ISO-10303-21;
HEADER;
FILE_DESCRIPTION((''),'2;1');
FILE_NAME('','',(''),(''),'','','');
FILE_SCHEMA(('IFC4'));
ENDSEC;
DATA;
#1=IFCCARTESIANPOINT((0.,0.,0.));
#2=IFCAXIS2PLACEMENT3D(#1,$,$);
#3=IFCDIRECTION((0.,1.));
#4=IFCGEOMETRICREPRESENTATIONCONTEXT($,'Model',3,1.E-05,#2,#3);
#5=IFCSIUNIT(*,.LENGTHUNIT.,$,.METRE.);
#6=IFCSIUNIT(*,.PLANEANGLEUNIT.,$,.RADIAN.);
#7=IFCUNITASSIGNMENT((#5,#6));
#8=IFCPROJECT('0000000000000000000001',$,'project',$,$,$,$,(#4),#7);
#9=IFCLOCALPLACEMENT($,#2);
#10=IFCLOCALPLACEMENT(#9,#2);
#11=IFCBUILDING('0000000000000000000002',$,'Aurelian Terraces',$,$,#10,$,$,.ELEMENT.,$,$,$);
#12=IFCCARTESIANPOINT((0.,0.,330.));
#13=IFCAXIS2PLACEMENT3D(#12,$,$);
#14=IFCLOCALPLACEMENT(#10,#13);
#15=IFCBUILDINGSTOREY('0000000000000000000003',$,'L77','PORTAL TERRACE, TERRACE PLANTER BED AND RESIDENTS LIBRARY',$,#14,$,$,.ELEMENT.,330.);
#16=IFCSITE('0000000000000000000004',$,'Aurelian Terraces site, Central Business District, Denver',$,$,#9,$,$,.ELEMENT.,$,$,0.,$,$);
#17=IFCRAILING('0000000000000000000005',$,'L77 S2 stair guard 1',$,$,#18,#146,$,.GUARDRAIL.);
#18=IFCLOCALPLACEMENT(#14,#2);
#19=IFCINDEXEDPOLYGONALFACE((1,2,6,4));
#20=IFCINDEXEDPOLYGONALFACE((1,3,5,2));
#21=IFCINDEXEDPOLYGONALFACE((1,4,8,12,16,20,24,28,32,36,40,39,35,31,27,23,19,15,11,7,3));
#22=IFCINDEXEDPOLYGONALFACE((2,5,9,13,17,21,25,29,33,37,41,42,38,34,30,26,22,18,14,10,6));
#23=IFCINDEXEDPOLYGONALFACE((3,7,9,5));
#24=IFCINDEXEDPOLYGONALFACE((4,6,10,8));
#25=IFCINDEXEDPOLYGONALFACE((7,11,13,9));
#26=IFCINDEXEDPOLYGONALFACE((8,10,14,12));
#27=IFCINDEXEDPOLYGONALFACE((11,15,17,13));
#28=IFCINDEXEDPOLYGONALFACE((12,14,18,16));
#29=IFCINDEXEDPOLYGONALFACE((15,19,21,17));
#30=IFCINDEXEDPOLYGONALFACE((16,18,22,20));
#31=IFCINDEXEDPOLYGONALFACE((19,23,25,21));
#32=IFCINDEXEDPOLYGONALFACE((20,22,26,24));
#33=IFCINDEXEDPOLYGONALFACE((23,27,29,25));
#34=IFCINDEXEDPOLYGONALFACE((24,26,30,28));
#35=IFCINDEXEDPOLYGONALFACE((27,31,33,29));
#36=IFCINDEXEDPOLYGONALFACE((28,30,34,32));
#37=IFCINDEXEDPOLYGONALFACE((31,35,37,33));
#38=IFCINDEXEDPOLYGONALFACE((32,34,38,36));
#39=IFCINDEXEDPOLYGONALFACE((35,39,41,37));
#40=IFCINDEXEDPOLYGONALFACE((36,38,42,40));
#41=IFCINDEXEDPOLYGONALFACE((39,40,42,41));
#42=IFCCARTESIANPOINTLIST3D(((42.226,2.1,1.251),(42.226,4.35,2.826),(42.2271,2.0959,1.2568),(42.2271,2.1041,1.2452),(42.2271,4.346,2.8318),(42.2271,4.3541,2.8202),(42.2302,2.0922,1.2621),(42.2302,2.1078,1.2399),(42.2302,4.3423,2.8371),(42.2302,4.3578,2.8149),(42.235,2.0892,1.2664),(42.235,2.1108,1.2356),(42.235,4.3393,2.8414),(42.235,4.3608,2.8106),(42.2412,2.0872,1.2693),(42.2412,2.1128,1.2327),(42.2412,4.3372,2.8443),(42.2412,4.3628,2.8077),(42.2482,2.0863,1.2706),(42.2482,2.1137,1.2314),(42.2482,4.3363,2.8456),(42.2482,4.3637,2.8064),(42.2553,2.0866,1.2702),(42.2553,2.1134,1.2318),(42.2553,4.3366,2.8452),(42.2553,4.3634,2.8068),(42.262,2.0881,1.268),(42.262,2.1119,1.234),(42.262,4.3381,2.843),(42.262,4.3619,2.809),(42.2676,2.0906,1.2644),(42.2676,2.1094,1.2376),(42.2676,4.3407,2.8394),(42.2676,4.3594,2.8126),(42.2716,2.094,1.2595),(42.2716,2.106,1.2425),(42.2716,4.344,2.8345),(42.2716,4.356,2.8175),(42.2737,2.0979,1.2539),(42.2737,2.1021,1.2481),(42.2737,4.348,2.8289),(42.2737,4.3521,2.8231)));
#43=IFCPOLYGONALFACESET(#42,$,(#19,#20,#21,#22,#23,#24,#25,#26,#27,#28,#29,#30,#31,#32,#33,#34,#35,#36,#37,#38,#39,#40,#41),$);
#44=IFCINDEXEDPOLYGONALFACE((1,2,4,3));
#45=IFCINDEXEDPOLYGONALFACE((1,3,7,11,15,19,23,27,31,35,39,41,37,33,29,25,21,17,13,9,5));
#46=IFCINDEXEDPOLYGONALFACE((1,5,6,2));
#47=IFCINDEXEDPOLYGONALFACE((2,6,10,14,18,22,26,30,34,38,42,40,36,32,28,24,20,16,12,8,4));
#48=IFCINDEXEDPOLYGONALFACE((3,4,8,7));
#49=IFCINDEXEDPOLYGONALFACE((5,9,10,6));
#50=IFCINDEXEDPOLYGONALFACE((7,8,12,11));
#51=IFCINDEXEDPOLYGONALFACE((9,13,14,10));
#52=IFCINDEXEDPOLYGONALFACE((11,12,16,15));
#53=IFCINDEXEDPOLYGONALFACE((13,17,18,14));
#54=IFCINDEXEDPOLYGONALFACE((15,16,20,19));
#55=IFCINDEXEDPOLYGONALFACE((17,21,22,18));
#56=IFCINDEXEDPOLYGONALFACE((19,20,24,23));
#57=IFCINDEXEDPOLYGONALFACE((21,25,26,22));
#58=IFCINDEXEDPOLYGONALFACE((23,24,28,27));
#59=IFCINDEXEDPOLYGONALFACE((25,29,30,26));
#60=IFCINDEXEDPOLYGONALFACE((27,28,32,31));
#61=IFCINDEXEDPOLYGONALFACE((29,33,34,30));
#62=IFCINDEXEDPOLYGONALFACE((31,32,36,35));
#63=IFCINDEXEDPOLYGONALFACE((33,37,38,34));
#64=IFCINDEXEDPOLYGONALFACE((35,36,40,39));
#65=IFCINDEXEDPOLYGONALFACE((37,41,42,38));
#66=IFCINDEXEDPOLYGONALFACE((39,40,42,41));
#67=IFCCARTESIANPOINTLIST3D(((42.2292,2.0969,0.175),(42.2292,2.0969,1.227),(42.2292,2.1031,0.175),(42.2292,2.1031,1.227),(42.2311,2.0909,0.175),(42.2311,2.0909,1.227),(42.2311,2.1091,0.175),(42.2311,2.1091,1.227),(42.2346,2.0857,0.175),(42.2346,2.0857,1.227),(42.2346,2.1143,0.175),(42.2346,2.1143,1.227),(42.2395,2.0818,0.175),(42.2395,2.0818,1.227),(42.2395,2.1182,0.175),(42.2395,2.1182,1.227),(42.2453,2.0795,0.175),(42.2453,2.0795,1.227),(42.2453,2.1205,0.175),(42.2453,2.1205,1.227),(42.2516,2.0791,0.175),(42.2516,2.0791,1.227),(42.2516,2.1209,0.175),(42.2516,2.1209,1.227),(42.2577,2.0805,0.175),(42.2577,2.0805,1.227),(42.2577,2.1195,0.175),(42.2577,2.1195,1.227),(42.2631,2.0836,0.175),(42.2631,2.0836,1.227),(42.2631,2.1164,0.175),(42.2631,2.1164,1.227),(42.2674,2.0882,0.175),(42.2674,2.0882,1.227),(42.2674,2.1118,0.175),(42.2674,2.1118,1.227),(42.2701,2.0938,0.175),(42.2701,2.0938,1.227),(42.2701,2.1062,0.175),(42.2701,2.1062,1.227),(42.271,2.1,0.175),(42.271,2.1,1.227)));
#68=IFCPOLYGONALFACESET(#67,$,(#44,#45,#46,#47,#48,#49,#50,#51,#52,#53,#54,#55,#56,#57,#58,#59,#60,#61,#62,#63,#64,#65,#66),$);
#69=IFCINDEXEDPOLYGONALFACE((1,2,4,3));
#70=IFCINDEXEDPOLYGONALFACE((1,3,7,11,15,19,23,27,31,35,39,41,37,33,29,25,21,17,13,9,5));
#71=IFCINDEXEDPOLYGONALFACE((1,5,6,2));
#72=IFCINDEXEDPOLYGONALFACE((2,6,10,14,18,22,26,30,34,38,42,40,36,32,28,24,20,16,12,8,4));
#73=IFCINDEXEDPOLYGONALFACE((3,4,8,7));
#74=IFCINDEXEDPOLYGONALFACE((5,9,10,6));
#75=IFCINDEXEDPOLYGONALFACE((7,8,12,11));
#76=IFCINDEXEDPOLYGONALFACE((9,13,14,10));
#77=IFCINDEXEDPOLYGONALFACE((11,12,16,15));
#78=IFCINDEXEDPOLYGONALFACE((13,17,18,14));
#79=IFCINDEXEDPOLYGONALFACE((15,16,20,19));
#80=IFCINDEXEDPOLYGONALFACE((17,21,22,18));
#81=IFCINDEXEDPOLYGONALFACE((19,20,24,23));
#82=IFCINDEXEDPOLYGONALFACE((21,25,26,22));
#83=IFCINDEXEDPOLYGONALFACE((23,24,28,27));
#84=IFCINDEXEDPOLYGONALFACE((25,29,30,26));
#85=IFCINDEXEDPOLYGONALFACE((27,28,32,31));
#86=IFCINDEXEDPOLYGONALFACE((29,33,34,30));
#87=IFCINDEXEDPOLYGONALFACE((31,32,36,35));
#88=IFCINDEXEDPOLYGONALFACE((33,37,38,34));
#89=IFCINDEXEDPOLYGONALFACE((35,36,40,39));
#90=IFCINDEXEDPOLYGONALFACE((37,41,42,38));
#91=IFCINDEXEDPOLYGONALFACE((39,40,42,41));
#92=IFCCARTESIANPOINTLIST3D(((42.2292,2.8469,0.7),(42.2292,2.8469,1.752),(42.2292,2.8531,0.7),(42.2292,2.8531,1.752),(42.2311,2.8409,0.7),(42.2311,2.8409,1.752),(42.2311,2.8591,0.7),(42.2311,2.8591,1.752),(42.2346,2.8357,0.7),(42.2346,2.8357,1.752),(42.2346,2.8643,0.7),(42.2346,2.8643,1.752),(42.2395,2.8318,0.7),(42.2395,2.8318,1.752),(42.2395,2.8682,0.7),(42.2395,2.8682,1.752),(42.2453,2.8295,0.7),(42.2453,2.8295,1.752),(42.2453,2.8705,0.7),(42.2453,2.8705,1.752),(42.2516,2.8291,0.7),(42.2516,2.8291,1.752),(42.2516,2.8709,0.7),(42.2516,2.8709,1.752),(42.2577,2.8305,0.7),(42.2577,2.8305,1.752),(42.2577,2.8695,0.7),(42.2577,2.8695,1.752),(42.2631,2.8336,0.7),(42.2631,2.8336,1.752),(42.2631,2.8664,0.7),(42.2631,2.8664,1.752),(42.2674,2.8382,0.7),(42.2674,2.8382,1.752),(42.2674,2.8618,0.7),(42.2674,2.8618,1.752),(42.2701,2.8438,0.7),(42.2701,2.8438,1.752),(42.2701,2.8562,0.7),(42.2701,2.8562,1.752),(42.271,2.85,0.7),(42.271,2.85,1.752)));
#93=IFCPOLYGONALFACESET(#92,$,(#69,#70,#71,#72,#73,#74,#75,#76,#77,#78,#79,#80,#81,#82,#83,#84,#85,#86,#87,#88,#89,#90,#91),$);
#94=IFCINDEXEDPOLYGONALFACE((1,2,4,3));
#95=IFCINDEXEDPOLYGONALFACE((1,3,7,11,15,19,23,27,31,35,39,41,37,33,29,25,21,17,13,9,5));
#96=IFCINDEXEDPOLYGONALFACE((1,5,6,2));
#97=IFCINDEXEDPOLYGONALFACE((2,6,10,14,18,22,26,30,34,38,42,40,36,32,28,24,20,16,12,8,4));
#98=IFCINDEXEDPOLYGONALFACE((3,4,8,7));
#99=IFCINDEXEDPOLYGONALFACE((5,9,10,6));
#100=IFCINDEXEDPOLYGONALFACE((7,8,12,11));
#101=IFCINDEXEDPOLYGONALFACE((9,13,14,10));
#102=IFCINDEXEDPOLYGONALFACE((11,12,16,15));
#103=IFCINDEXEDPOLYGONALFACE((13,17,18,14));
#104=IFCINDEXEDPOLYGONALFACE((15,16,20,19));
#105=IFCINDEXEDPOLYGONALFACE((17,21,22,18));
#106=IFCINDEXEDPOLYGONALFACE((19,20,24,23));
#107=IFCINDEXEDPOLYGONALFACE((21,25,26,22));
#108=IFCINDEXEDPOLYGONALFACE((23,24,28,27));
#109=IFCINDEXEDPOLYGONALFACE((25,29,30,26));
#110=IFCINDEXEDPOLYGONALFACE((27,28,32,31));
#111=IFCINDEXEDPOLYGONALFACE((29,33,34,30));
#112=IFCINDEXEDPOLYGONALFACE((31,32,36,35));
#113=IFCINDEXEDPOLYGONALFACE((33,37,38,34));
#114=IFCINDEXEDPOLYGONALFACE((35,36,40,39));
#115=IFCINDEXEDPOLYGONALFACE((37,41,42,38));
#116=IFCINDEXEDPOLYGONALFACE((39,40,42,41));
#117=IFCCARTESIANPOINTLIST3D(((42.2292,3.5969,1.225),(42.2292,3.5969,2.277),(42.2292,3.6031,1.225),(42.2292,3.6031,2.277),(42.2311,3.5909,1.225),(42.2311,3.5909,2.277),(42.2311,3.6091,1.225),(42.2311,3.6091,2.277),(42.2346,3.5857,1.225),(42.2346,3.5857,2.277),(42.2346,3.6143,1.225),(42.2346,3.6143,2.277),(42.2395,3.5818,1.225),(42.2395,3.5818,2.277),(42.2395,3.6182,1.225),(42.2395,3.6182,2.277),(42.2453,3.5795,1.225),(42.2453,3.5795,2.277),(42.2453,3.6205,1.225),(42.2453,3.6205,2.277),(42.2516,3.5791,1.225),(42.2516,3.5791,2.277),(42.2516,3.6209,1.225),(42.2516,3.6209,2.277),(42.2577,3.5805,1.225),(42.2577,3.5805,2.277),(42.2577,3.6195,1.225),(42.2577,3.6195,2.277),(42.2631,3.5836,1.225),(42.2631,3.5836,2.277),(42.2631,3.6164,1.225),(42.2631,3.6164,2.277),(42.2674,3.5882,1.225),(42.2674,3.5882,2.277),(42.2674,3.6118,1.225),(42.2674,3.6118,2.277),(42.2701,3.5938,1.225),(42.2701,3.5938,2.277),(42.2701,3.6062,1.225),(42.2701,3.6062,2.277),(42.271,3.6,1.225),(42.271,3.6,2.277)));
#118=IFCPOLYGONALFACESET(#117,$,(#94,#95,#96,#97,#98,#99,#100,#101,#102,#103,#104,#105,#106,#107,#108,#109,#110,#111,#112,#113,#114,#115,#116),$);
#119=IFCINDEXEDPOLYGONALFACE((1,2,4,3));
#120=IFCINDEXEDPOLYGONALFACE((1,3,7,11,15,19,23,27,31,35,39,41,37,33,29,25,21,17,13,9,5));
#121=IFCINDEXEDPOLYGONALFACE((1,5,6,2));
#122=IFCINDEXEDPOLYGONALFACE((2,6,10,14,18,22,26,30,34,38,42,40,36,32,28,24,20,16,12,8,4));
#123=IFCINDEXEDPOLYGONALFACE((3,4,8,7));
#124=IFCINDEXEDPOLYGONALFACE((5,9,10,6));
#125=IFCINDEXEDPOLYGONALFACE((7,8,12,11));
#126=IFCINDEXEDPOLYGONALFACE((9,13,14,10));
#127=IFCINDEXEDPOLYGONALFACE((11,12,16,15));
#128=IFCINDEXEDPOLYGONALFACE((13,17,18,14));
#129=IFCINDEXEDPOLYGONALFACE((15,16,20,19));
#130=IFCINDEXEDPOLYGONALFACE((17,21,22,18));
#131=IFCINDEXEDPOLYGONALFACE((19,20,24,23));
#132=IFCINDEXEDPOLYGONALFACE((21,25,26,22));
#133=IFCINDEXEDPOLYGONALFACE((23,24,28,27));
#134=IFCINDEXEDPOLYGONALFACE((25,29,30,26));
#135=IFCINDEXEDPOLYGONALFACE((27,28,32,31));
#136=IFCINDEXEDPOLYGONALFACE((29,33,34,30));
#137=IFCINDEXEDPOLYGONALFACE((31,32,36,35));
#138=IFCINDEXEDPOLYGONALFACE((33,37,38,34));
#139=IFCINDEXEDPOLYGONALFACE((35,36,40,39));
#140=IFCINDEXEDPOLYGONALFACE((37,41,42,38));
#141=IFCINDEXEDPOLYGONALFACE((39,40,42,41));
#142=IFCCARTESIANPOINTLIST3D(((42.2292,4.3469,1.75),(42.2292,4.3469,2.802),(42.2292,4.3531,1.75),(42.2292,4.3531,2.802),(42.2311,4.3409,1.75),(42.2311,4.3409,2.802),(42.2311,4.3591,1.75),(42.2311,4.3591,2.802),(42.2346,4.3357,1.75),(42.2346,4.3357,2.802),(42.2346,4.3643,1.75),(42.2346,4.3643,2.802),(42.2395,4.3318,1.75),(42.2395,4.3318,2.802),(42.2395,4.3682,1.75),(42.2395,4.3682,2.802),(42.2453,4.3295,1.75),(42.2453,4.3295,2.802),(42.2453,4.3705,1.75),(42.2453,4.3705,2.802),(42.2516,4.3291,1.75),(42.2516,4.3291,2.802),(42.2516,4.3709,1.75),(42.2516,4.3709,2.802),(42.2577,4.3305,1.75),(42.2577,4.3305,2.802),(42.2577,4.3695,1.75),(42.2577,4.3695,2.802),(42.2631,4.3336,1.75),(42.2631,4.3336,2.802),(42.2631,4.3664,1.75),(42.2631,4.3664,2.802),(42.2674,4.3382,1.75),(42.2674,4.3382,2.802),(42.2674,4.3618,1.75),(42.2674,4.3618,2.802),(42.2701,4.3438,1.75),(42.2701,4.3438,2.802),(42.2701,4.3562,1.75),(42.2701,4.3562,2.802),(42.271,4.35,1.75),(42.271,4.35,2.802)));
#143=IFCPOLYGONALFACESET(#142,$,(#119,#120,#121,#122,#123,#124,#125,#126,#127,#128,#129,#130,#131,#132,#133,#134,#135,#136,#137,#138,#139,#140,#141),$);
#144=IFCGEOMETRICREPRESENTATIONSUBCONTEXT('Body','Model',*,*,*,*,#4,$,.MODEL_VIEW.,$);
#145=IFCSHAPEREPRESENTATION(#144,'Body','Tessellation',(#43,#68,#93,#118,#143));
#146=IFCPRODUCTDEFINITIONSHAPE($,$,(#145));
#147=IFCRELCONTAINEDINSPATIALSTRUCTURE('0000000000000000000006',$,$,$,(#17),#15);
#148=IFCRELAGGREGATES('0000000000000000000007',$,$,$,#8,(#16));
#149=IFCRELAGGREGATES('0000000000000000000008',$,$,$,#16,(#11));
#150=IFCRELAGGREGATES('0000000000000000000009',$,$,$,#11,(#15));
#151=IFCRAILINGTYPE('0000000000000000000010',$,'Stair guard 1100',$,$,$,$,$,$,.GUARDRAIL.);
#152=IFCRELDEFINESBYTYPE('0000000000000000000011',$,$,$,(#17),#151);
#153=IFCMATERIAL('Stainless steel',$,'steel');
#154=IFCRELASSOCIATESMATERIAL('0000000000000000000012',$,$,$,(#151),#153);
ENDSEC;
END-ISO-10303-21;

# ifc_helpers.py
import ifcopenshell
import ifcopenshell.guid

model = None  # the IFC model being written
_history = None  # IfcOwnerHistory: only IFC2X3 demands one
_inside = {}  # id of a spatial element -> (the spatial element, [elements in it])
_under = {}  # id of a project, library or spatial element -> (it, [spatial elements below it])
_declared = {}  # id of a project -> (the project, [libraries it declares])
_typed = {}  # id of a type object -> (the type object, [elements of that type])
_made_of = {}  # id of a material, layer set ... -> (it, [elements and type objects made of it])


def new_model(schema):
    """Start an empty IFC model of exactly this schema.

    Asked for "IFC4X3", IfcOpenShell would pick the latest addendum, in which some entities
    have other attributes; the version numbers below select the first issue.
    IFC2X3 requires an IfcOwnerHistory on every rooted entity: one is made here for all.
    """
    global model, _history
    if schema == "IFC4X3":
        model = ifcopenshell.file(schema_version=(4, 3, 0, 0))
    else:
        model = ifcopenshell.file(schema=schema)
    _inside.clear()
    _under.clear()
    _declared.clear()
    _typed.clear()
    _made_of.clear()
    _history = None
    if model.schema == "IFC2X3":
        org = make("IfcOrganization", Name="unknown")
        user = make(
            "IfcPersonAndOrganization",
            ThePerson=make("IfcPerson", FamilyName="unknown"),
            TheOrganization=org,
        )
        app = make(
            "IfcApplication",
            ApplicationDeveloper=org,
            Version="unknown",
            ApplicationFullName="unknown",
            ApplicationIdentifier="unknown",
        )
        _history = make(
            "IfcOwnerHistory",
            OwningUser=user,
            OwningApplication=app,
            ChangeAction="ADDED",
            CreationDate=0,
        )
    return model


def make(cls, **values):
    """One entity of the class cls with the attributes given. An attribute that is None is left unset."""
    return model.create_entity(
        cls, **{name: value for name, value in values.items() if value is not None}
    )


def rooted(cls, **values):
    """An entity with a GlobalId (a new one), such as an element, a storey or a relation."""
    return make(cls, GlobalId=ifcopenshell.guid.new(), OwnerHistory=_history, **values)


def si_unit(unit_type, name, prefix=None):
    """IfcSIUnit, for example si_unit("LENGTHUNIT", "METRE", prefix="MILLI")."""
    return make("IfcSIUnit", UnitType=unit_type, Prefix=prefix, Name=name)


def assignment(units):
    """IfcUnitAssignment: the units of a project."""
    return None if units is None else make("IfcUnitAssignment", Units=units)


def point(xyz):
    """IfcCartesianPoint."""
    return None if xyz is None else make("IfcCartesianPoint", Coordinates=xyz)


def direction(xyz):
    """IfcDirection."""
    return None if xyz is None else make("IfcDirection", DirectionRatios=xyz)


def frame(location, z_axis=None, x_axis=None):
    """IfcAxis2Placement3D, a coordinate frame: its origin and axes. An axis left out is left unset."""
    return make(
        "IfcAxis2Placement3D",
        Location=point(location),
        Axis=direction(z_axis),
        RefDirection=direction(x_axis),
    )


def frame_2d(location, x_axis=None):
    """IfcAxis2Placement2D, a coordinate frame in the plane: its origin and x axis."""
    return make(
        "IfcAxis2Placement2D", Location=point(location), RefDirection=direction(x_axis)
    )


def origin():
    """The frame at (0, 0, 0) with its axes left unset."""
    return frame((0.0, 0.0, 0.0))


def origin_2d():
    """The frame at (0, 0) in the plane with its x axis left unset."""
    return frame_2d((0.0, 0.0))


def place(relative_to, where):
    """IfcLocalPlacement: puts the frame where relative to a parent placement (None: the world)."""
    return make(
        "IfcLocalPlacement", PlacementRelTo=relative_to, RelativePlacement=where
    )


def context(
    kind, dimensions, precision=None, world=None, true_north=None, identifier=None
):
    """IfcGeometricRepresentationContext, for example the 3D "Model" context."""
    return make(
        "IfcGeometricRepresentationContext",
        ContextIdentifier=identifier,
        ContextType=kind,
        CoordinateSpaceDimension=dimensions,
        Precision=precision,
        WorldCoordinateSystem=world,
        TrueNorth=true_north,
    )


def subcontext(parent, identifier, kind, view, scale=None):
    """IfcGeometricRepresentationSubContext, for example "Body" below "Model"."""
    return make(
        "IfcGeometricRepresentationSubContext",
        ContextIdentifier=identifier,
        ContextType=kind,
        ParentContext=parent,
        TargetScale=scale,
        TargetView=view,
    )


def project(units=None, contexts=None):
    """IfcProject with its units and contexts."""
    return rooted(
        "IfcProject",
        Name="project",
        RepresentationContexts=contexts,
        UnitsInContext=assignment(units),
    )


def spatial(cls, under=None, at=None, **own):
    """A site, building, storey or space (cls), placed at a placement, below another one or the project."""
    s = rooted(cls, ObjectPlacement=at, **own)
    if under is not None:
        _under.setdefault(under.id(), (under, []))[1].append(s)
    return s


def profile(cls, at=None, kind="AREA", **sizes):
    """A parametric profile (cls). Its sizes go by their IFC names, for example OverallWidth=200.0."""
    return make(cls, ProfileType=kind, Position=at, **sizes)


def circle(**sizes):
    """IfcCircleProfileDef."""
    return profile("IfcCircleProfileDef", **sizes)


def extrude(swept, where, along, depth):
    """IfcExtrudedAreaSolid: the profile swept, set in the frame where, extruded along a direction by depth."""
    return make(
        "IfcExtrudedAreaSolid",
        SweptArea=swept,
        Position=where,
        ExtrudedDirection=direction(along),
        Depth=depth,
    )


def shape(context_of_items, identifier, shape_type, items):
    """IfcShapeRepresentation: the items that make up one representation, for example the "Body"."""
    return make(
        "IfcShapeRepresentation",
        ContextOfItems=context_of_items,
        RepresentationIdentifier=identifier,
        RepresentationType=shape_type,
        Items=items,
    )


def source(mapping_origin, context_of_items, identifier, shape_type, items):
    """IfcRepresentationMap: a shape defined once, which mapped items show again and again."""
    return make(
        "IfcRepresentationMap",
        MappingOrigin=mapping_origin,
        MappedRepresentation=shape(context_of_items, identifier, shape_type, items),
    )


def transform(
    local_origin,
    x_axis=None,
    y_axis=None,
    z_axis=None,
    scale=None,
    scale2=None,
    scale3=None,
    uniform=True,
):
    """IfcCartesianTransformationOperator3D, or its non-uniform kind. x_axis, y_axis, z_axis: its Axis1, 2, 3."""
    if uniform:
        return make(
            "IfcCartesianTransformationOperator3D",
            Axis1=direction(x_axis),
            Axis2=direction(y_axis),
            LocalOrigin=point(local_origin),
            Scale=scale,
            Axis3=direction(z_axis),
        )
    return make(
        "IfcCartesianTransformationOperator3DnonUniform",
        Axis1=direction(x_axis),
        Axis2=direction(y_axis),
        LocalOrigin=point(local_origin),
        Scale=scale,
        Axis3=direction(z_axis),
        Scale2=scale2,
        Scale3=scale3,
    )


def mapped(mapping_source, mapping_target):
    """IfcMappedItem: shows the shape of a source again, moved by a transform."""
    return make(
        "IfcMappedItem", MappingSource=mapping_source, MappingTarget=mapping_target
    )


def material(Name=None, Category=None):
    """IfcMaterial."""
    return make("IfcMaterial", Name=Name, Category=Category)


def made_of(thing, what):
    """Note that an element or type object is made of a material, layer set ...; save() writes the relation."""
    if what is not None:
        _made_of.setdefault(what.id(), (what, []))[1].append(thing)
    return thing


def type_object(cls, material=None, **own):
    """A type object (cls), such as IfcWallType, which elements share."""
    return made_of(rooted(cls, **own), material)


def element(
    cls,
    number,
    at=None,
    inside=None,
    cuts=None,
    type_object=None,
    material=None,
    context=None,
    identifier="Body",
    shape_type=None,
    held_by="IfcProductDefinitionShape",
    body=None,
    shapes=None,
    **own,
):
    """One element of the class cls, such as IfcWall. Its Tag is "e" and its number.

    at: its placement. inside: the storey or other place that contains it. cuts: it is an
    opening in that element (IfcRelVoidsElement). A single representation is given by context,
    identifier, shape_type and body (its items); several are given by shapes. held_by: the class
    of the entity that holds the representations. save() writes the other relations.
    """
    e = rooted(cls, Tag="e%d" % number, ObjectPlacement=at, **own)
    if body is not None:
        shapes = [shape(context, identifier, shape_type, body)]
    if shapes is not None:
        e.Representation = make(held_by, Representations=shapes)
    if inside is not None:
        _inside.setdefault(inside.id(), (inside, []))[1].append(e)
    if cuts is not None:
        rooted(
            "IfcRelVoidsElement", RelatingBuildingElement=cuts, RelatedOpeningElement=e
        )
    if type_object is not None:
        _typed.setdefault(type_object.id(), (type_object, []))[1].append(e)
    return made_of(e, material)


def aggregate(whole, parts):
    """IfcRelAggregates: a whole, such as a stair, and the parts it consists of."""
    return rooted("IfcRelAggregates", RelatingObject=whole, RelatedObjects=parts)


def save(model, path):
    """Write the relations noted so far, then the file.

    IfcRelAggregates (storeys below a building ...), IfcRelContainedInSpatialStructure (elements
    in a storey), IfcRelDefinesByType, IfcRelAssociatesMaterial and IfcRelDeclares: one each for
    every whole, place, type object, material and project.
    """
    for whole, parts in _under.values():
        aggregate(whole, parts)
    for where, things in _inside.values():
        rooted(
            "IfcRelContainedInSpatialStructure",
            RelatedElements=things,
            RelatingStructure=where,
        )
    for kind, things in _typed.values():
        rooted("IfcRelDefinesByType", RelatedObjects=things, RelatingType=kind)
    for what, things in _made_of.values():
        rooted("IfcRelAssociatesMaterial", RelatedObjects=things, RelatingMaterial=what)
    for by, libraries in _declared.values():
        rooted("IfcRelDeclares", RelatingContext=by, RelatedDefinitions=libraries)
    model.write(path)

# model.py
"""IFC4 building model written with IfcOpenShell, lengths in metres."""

from ifc_helpers import new_model, si_unit, direction, frame, origin, origin_2d, place, context, subcontext, project, spatial, circle, extrude, source, transform, mapped, material, type_object, element, save


model = new_model("IFC4")

# Units and contexts
model_context = context("Model", 3, precision=1e-05, world=origin(), true_north=direction((0.0, 1.0)))
body_context = subcontext(model_context, "Body", "Model", "MODEL_VIEW")
ifc_project = project(units=[si_unit("LENGTHUNIT", "METRE"), si_unit("PLANEANGLEUNIT", "RADIAN")], contexts=[model_context])

# Site, building, storey
site_placement = place(None, origin())
site = spatial("IfcSite", under=ifc_project, at=site_placement, Name="Aurelian Terraces site, Central Business District, Denver", CompositionType="ELEMENT", RefElevation=0.0)
building_placement = place(site_placement, origin())
building = spatial("IfcBuilding", under=site, at=building_placement, Name="Aurelian Terraces", CompositionType="ELEMENT")
storey_placement = place(building_placement, frame((0.0, 0.0, 330.0)))
storey = spatial("IfcBuildingStorey", under=building, at=storey_placement, Name="L77", Description="PORTAL TERRACE, TERRACE PLANTER BED AND RESIDENTS LIBRARY", CompositionType="ELEMENT", Elevation=330.0)

# Railing
ifc_material_1 = material(Name="Stainless steel", Category="steel")
railing_type_1 = type_object("IfcRailingType", Name="Stair guard 1100", PredefinedType="GUARDRAIL", material=ifc_material_1)
shared_shape_1 = source(origin(), body_context, "Body", "SweptSolid", [
    extrude(circle(Radius=0.024, at=origin_2d()), frame((0.0, 0.0, 1.076), z_axis=(0.0, 0.819232, 0.573462), x_axis=(-1.0, 0.0, 0.0)), (0.0, 0.0, 1.0), 2.7465),
    extrude(circle(Radius=0.021, at=origin_2d()), origin(), (0.0, 0.0, 1.0), 1.052),
    extrude(circle(Radius=0.021, at=origin_2d()), frame((0.0, 0.75, 0.525)), (0.0, 0.0, 1.0), 1.052),
    extrude(circle(Radius=0.021, at=origin_2d()), frame((0.0, 1.5, 1.05)), (0.0, 0.0, 1.0), 1.052),
    extrude(circle(Radius=0.021, at=origin_2d()), frame((0.0, 2.25, 1.575)), (0.0, 0.0, 1.0), 1.052),
])
railing_1_placement = place(storey_placement, frame((42.25, 2.1, 0.175)))
element("IfcRailing", 1, at=railing_1_placement, inside=storey, type_object=railing_type_1, Name="L77 S2 stair guard 1", PredefinedType="GUARDRAIL", context=body_context, shape_type="MappedRepresentation", body=[
    mapped(shared_shape_1, transform((0.0, 0.0, 0.0), scale=1.0)),
])

save(model, "model.ifc")
